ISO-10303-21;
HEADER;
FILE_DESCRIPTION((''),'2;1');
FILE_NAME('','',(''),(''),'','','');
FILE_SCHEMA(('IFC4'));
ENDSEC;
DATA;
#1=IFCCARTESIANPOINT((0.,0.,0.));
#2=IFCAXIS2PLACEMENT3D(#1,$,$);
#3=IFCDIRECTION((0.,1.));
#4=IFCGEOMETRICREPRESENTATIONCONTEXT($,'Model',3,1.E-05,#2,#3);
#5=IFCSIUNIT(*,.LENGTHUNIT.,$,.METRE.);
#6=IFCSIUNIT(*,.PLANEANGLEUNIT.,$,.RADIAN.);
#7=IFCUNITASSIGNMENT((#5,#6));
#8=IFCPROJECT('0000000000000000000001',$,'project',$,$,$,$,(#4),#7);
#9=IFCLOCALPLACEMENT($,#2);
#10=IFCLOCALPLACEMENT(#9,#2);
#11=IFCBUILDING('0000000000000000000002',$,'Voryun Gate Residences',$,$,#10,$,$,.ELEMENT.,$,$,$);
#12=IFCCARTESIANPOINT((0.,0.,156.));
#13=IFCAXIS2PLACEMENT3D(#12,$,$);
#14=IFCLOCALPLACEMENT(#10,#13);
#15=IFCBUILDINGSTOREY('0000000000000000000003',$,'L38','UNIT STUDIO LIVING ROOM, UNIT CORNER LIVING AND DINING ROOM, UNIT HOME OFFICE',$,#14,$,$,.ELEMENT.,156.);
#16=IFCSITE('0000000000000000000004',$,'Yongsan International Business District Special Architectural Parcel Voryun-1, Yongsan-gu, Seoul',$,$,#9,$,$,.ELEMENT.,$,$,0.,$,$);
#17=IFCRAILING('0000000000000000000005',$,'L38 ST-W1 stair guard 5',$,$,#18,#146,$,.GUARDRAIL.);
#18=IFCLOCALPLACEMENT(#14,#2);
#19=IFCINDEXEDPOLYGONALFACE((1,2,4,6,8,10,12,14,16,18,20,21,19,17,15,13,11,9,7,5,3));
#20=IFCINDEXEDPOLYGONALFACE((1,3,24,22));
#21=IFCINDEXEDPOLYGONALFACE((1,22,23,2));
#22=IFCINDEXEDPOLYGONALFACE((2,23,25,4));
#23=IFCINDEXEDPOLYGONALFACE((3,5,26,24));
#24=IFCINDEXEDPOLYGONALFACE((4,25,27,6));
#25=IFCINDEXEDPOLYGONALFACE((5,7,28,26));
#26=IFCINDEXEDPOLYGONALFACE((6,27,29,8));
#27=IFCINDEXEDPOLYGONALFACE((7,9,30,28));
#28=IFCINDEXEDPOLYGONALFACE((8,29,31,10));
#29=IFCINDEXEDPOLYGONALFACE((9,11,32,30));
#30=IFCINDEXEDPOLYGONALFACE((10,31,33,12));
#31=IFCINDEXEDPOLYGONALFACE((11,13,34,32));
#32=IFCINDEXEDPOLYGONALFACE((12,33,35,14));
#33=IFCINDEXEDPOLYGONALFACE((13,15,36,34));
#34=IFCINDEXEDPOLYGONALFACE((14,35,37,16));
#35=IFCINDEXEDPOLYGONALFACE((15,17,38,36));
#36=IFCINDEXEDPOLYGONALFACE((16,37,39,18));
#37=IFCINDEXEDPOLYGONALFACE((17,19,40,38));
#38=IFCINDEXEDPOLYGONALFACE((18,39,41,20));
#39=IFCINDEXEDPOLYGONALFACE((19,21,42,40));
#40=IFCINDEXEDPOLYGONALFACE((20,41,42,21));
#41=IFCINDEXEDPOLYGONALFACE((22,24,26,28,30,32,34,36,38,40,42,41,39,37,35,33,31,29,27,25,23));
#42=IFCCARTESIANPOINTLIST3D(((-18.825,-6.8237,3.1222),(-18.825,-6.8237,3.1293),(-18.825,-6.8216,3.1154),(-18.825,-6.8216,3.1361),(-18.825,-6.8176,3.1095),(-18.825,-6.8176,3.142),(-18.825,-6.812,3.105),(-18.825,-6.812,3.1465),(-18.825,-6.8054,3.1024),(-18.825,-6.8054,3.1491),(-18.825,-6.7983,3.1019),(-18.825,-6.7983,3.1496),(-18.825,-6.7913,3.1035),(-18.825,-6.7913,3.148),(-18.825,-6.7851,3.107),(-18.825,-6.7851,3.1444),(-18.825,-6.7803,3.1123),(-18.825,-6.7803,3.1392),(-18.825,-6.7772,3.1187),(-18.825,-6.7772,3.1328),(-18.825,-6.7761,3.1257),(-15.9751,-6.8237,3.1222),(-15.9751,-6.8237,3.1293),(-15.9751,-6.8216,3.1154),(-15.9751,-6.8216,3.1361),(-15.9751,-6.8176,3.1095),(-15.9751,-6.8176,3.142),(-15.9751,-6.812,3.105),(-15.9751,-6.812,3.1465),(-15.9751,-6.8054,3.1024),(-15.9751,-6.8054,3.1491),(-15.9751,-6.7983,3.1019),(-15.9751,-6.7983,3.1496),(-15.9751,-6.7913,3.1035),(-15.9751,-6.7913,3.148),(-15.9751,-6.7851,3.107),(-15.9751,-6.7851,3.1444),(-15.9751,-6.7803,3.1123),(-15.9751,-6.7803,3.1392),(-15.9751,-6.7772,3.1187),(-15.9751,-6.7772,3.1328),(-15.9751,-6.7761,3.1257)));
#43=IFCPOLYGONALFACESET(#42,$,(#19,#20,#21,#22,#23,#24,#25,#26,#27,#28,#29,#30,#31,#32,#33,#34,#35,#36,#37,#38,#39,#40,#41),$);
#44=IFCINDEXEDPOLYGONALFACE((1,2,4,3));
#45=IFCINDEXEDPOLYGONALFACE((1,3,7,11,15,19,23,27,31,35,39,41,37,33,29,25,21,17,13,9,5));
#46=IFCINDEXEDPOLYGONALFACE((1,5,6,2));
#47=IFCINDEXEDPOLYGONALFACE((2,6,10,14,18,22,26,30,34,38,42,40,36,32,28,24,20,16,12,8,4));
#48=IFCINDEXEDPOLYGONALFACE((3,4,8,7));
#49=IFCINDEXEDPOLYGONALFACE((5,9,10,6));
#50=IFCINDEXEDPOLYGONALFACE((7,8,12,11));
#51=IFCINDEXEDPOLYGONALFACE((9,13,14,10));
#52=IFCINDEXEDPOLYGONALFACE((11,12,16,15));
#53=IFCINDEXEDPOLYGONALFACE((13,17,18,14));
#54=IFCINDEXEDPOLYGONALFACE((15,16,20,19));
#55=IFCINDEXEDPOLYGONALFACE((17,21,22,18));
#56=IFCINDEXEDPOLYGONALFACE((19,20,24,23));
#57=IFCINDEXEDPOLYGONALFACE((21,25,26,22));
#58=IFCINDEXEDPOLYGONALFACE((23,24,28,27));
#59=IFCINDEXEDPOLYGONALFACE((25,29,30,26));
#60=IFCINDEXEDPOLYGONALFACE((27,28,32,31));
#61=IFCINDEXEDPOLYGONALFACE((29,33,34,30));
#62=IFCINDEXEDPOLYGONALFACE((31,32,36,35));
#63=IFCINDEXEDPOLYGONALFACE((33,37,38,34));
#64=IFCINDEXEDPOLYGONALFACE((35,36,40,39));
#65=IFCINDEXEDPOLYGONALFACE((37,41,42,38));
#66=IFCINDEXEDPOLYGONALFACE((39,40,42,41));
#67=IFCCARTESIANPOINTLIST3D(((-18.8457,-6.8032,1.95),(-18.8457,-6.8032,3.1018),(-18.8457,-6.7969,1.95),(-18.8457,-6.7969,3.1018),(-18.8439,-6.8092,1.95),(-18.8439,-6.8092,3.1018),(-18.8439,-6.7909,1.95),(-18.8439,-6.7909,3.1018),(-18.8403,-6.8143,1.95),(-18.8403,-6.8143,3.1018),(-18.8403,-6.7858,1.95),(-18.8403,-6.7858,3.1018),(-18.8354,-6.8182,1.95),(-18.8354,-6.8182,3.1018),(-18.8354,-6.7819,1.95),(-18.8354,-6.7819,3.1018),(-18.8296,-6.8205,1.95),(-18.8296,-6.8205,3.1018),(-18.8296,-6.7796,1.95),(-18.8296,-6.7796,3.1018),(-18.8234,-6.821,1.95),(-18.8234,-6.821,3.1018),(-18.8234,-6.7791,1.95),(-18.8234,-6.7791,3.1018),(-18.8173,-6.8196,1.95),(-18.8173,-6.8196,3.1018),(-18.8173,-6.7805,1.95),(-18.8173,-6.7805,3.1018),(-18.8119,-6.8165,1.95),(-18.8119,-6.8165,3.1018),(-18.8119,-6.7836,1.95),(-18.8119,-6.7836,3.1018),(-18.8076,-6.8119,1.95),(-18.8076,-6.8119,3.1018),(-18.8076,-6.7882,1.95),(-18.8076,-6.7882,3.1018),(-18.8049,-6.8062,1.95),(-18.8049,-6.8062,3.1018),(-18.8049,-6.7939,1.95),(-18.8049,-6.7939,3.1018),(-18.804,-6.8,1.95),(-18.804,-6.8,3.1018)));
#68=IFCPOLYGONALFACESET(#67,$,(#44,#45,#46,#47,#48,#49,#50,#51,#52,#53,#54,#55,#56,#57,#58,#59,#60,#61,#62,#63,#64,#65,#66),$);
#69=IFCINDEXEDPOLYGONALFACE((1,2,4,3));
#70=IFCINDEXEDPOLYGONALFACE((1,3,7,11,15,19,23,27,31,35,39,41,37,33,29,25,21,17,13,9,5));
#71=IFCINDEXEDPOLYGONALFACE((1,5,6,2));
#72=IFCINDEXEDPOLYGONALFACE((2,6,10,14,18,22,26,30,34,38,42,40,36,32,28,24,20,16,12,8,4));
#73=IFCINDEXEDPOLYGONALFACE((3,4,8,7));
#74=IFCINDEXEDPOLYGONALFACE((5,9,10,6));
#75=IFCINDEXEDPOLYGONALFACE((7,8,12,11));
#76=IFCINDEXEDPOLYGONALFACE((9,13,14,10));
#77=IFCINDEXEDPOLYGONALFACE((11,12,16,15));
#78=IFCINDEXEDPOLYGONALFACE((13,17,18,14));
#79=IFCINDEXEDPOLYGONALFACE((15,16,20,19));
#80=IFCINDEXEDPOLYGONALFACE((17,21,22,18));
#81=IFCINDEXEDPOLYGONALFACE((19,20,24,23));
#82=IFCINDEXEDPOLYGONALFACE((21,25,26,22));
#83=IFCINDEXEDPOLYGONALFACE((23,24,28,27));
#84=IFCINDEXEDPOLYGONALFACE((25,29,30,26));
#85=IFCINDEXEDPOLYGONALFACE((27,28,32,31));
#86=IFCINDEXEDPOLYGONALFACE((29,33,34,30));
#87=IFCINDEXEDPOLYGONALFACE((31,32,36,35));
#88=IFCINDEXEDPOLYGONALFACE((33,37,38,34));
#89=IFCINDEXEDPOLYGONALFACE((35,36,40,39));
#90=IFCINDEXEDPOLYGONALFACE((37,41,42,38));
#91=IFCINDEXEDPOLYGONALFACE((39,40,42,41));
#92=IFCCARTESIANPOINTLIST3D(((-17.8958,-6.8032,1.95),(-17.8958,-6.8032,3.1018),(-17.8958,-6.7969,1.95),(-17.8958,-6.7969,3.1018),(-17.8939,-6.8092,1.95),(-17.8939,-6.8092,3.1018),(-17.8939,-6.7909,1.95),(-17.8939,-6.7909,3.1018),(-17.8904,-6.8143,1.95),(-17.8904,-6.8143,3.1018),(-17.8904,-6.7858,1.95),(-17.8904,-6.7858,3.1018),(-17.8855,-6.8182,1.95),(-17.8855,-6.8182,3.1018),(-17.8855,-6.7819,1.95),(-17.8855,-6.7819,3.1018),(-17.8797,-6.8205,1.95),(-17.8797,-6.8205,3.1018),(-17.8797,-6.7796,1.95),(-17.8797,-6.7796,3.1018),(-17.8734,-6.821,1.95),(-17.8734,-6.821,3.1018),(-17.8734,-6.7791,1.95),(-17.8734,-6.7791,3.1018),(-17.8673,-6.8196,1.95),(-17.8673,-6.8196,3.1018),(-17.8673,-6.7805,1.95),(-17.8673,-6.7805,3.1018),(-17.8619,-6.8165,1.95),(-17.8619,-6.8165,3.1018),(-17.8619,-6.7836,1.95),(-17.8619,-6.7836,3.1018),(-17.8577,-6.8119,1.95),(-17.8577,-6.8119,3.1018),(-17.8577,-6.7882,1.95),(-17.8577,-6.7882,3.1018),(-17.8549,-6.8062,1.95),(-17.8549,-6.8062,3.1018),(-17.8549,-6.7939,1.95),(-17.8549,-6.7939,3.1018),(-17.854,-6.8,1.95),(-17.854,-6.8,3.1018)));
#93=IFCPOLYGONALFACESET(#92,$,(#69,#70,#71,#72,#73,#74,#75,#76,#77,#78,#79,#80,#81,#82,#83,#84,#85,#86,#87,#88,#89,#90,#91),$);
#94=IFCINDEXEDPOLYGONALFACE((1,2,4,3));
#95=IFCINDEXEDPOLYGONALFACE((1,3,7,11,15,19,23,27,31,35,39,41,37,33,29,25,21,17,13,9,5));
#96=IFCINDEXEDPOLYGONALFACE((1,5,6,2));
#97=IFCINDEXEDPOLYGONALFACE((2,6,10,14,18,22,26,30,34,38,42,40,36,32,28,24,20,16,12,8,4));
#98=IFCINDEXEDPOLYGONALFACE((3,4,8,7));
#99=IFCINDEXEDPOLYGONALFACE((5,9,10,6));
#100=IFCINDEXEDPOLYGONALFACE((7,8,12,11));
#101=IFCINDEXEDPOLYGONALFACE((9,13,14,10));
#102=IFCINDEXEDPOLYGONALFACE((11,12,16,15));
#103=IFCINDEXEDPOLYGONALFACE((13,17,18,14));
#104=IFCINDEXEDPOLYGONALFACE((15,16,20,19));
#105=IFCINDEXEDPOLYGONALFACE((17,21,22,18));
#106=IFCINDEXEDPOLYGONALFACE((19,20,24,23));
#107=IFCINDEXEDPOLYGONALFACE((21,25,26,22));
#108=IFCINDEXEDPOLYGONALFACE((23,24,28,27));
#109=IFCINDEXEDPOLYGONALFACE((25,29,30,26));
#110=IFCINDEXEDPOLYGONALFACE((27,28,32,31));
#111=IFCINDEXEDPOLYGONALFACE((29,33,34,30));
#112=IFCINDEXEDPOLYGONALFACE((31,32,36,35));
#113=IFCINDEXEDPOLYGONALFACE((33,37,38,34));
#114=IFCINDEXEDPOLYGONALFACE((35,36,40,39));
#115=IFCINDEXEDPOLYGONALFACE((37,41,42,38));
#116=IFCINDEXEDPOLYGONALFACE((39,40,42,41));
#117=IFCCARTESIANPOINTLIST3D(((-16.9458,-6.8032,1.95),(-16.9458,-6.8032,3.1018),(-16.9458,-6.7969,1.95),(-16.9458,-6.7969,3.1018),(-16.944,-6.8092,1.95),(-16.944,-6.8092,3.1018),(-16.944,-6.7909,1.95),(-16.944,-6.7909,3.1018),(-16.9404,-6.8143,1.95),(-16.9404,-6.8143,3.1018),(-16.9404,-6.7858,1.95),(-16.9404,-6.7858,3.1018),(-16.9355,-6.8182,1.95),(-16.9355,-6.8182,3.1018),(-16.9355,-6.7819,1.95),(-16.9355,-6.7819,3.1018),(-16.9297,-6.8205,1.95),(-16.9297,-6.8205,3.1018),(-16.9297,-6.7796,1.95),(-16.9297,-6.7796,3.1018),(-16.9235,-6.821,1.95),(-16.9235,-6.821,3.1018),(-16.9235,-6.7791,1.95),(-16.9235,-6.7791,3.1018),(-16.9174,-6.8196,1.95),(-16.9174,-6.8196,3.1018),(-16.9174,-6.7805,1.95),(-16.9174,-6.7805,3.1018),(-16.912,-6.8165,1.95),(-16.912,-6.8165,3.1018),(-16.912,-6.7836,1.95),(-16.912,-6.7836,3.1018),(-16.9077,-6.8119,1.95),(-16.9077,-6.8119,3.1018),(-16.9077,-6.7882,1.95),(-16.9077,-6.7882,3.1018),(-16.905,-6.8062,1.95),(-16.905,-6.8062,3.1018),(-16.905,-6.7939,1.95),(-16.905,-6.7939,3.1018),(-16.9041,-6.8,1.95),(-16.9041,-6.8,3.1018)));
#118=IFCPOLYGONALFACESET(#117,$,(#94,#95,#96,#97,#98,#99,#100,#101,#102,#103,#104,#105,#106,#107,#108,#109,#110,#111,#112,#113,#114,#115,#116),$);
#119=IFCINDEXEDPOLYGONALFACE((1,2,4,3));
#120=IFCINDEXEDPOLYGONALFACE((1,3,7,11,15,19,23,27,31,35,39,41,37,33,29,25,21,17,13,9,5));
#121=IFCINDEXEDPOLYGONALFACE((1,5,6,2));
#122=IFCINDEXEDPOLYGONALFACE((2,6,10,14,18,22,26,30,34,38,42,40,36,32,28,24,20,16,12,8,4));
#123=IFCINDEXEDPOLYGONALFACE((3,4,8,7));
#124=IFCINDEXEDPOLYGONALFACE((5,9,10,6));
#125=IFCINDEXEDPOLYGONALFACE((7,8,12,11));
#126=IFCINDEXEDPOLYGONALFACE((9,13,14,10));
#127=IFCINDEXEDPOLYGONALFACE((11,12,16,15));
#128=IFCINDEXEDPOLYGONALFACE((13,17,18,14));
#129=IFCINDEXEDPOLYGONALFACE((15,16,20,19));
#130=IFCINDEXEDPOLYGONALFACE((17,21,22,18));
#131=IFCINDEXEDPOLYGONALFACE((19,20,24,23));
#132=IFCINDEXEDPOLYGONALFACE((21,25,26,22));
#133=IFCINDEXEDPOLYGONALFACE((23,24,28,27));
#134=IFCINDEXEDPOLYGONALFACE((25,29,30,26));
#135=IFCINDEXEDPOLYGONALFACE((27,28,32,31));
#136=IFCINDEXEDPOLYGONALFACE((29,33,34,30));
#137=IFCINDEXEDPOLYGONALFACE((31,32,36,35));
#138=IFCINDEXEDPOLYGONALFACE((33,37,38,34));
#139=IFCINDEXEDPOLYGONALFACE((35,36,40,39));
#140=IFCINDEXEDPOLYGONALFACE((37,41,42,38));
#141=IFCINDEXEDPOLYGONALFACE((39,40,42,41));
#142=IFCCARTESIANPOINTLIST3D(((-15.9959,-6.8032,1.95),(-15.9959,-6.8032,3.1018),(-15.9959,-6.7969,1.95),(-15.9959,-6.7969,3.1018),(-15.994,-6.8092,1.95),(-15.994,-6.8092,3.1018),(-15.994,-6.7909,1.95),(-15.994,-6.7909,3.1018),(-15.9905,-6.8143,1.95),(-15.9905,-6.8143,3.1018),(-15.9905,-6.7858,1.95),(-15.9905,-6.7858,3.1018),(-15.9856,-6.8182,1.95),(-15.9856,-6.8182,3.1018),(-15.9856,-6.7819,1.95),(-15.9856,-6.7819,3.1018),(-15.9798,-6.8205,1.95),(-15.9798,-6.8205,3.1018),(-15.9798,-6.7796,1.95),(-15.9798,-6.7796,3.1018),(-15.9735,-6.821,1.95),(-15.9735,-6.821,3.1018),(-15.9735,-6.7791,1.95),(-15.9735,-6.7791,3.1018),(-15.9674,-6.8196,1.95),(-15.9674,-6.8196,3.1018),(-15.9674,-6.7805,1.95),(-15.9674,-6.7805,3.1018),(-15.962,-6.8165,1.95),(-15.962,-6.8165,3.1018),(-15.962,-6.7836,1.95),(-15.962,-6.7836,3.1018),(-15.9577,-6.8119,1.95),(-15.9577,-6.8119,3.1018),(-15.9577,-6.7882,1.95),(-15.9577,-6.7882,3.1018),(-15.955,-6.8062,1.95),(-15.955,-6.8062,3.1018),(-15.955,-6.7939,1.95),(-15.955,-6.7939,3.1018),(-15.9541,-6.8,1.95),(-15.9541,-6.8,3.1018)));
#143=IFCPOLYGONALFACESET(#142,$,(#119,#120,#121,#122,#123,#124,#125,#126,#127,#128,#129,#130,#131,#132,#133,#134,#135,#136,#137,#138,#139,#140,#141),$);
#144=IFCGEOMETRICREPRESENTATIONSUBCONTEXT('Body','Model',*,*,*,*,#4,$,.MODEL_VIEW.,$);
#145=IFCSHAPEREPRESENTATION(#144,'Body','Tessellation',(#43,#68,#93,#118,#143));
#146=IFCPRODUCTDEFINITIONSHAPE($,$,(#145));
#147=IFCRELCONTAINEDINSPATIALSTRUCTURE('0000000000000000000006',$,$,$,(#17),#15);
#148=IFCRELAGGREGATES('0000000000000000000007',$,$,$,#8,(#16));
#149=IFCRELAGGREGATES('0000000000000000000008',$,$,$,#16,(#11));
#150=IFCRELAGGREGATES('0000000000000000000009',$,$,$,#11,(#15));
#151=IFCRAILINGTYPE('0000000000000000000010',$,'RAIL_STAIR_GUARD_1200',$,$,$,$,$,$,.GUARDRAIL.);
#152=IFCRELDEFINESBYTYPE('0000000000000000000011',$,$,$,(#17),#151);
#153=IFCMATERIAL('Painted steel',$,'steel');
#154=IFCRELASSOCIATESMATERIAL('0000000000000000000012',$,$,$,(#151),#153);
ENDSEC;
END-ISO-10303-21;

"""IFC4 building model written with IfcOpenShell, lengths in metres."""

from ifc_helpers import new_model, si_unit, direction, frame, origin, origin_2d, place, context, subcontext, project, spatial, circle, extrude, material, type_object, element, save


model = new_model("IFC4")

# Units and contexts
model_context = context("Model", 3, precision=1e-05, world=origin(), true_north=direction((0.0, 1.0)))
body_context = subcontext(model_context, "Body", "Model", "MODEL_VIEW")
ifc_project = project(units=[si_unit("LENGTHUNIT", "METRE"), si_unit("PLANEANGLEUNIT", "RADIAN")], contexts=[model_context])

# Site, building, storey
site_placement = place(None, origin())
site = spatial("IfcSite", under=ifc_project, at=site_placement, Name="Yongsan International Business District Special Architectural Parcel Voryun-1, Yongsan-gu, Seoul", CompositionType="ELEMENT", RefElevation=0.0)
building_placement = place(site_placement, origin())
building = spatial("IfcBuilding", under=site, at=building_placement, Name="Voryun Gate Residences", CompositionType="ELEMENT")
storey_placement = place(building_placement, frame((0.0, 0.0, 156.0)))
storey = spatial("IfcBuildingStorey", under=building, at=storey_placement, Name="L38", Description="UNIT STUDIO LIVING ROOM, UNIT CORNER LIVING AND DINING ROOM, UNIT HOME OFFICE", CompositionType="ELEMENT", Elevation=156.0)

# Railing
ifc_material_1 = material(Name="Painted steel", Category="steel")
railing_type = type_object("IfcRailingType", Name="RAIL_STAIR_GUARD_1200", PredefinedType="GUARDRAIL", material=ifc_material_1)
railing_1_placement = place(storey_placement, frame((-18.825, -6.8, 1.95)))
element("IfcRailing", 1, at=railing_1_placement, inside=storey, type_object=railing_type, Name="L38 ST-W1 stair guard 5", PredefinedType="GUARDRAIL", context=body_context, shape_type="SweptSolid", body=[
    extrude(circle(Radius=0.0239, at=origin_2d()), frame((0.0, 0.0, 1.1758), z_axis=(1.0, 0.0, 0.0), x_axis=(0.0, 1.0, 0.0)), (0.0, 0.0, 1.0), 2.8499),
    extrude(circle(Radius=0.021, at=origin_2d()), origin(), (0.0, 0.0, 1.0), 1.1519),
    extrude(circle(Radius=0.021, at=origin_2d()), frame((0.95, 0.0, 0.0)), (0.0, 0.0, 1.0), 1.1519),
    extrude(circle(Radius=0.021, at=origin_2d()), frame((1.8999, 0.0, 0.0)), (0.0, 0.0, 1.0), 1.1519),
    extrude(circle(Radius=0.021, at=origin_2d()), frame((2.8499, 0.0, 0.0)), (0.0, 0.0, 1.0), 1.1519),
])

save(model, "model.ifc")
